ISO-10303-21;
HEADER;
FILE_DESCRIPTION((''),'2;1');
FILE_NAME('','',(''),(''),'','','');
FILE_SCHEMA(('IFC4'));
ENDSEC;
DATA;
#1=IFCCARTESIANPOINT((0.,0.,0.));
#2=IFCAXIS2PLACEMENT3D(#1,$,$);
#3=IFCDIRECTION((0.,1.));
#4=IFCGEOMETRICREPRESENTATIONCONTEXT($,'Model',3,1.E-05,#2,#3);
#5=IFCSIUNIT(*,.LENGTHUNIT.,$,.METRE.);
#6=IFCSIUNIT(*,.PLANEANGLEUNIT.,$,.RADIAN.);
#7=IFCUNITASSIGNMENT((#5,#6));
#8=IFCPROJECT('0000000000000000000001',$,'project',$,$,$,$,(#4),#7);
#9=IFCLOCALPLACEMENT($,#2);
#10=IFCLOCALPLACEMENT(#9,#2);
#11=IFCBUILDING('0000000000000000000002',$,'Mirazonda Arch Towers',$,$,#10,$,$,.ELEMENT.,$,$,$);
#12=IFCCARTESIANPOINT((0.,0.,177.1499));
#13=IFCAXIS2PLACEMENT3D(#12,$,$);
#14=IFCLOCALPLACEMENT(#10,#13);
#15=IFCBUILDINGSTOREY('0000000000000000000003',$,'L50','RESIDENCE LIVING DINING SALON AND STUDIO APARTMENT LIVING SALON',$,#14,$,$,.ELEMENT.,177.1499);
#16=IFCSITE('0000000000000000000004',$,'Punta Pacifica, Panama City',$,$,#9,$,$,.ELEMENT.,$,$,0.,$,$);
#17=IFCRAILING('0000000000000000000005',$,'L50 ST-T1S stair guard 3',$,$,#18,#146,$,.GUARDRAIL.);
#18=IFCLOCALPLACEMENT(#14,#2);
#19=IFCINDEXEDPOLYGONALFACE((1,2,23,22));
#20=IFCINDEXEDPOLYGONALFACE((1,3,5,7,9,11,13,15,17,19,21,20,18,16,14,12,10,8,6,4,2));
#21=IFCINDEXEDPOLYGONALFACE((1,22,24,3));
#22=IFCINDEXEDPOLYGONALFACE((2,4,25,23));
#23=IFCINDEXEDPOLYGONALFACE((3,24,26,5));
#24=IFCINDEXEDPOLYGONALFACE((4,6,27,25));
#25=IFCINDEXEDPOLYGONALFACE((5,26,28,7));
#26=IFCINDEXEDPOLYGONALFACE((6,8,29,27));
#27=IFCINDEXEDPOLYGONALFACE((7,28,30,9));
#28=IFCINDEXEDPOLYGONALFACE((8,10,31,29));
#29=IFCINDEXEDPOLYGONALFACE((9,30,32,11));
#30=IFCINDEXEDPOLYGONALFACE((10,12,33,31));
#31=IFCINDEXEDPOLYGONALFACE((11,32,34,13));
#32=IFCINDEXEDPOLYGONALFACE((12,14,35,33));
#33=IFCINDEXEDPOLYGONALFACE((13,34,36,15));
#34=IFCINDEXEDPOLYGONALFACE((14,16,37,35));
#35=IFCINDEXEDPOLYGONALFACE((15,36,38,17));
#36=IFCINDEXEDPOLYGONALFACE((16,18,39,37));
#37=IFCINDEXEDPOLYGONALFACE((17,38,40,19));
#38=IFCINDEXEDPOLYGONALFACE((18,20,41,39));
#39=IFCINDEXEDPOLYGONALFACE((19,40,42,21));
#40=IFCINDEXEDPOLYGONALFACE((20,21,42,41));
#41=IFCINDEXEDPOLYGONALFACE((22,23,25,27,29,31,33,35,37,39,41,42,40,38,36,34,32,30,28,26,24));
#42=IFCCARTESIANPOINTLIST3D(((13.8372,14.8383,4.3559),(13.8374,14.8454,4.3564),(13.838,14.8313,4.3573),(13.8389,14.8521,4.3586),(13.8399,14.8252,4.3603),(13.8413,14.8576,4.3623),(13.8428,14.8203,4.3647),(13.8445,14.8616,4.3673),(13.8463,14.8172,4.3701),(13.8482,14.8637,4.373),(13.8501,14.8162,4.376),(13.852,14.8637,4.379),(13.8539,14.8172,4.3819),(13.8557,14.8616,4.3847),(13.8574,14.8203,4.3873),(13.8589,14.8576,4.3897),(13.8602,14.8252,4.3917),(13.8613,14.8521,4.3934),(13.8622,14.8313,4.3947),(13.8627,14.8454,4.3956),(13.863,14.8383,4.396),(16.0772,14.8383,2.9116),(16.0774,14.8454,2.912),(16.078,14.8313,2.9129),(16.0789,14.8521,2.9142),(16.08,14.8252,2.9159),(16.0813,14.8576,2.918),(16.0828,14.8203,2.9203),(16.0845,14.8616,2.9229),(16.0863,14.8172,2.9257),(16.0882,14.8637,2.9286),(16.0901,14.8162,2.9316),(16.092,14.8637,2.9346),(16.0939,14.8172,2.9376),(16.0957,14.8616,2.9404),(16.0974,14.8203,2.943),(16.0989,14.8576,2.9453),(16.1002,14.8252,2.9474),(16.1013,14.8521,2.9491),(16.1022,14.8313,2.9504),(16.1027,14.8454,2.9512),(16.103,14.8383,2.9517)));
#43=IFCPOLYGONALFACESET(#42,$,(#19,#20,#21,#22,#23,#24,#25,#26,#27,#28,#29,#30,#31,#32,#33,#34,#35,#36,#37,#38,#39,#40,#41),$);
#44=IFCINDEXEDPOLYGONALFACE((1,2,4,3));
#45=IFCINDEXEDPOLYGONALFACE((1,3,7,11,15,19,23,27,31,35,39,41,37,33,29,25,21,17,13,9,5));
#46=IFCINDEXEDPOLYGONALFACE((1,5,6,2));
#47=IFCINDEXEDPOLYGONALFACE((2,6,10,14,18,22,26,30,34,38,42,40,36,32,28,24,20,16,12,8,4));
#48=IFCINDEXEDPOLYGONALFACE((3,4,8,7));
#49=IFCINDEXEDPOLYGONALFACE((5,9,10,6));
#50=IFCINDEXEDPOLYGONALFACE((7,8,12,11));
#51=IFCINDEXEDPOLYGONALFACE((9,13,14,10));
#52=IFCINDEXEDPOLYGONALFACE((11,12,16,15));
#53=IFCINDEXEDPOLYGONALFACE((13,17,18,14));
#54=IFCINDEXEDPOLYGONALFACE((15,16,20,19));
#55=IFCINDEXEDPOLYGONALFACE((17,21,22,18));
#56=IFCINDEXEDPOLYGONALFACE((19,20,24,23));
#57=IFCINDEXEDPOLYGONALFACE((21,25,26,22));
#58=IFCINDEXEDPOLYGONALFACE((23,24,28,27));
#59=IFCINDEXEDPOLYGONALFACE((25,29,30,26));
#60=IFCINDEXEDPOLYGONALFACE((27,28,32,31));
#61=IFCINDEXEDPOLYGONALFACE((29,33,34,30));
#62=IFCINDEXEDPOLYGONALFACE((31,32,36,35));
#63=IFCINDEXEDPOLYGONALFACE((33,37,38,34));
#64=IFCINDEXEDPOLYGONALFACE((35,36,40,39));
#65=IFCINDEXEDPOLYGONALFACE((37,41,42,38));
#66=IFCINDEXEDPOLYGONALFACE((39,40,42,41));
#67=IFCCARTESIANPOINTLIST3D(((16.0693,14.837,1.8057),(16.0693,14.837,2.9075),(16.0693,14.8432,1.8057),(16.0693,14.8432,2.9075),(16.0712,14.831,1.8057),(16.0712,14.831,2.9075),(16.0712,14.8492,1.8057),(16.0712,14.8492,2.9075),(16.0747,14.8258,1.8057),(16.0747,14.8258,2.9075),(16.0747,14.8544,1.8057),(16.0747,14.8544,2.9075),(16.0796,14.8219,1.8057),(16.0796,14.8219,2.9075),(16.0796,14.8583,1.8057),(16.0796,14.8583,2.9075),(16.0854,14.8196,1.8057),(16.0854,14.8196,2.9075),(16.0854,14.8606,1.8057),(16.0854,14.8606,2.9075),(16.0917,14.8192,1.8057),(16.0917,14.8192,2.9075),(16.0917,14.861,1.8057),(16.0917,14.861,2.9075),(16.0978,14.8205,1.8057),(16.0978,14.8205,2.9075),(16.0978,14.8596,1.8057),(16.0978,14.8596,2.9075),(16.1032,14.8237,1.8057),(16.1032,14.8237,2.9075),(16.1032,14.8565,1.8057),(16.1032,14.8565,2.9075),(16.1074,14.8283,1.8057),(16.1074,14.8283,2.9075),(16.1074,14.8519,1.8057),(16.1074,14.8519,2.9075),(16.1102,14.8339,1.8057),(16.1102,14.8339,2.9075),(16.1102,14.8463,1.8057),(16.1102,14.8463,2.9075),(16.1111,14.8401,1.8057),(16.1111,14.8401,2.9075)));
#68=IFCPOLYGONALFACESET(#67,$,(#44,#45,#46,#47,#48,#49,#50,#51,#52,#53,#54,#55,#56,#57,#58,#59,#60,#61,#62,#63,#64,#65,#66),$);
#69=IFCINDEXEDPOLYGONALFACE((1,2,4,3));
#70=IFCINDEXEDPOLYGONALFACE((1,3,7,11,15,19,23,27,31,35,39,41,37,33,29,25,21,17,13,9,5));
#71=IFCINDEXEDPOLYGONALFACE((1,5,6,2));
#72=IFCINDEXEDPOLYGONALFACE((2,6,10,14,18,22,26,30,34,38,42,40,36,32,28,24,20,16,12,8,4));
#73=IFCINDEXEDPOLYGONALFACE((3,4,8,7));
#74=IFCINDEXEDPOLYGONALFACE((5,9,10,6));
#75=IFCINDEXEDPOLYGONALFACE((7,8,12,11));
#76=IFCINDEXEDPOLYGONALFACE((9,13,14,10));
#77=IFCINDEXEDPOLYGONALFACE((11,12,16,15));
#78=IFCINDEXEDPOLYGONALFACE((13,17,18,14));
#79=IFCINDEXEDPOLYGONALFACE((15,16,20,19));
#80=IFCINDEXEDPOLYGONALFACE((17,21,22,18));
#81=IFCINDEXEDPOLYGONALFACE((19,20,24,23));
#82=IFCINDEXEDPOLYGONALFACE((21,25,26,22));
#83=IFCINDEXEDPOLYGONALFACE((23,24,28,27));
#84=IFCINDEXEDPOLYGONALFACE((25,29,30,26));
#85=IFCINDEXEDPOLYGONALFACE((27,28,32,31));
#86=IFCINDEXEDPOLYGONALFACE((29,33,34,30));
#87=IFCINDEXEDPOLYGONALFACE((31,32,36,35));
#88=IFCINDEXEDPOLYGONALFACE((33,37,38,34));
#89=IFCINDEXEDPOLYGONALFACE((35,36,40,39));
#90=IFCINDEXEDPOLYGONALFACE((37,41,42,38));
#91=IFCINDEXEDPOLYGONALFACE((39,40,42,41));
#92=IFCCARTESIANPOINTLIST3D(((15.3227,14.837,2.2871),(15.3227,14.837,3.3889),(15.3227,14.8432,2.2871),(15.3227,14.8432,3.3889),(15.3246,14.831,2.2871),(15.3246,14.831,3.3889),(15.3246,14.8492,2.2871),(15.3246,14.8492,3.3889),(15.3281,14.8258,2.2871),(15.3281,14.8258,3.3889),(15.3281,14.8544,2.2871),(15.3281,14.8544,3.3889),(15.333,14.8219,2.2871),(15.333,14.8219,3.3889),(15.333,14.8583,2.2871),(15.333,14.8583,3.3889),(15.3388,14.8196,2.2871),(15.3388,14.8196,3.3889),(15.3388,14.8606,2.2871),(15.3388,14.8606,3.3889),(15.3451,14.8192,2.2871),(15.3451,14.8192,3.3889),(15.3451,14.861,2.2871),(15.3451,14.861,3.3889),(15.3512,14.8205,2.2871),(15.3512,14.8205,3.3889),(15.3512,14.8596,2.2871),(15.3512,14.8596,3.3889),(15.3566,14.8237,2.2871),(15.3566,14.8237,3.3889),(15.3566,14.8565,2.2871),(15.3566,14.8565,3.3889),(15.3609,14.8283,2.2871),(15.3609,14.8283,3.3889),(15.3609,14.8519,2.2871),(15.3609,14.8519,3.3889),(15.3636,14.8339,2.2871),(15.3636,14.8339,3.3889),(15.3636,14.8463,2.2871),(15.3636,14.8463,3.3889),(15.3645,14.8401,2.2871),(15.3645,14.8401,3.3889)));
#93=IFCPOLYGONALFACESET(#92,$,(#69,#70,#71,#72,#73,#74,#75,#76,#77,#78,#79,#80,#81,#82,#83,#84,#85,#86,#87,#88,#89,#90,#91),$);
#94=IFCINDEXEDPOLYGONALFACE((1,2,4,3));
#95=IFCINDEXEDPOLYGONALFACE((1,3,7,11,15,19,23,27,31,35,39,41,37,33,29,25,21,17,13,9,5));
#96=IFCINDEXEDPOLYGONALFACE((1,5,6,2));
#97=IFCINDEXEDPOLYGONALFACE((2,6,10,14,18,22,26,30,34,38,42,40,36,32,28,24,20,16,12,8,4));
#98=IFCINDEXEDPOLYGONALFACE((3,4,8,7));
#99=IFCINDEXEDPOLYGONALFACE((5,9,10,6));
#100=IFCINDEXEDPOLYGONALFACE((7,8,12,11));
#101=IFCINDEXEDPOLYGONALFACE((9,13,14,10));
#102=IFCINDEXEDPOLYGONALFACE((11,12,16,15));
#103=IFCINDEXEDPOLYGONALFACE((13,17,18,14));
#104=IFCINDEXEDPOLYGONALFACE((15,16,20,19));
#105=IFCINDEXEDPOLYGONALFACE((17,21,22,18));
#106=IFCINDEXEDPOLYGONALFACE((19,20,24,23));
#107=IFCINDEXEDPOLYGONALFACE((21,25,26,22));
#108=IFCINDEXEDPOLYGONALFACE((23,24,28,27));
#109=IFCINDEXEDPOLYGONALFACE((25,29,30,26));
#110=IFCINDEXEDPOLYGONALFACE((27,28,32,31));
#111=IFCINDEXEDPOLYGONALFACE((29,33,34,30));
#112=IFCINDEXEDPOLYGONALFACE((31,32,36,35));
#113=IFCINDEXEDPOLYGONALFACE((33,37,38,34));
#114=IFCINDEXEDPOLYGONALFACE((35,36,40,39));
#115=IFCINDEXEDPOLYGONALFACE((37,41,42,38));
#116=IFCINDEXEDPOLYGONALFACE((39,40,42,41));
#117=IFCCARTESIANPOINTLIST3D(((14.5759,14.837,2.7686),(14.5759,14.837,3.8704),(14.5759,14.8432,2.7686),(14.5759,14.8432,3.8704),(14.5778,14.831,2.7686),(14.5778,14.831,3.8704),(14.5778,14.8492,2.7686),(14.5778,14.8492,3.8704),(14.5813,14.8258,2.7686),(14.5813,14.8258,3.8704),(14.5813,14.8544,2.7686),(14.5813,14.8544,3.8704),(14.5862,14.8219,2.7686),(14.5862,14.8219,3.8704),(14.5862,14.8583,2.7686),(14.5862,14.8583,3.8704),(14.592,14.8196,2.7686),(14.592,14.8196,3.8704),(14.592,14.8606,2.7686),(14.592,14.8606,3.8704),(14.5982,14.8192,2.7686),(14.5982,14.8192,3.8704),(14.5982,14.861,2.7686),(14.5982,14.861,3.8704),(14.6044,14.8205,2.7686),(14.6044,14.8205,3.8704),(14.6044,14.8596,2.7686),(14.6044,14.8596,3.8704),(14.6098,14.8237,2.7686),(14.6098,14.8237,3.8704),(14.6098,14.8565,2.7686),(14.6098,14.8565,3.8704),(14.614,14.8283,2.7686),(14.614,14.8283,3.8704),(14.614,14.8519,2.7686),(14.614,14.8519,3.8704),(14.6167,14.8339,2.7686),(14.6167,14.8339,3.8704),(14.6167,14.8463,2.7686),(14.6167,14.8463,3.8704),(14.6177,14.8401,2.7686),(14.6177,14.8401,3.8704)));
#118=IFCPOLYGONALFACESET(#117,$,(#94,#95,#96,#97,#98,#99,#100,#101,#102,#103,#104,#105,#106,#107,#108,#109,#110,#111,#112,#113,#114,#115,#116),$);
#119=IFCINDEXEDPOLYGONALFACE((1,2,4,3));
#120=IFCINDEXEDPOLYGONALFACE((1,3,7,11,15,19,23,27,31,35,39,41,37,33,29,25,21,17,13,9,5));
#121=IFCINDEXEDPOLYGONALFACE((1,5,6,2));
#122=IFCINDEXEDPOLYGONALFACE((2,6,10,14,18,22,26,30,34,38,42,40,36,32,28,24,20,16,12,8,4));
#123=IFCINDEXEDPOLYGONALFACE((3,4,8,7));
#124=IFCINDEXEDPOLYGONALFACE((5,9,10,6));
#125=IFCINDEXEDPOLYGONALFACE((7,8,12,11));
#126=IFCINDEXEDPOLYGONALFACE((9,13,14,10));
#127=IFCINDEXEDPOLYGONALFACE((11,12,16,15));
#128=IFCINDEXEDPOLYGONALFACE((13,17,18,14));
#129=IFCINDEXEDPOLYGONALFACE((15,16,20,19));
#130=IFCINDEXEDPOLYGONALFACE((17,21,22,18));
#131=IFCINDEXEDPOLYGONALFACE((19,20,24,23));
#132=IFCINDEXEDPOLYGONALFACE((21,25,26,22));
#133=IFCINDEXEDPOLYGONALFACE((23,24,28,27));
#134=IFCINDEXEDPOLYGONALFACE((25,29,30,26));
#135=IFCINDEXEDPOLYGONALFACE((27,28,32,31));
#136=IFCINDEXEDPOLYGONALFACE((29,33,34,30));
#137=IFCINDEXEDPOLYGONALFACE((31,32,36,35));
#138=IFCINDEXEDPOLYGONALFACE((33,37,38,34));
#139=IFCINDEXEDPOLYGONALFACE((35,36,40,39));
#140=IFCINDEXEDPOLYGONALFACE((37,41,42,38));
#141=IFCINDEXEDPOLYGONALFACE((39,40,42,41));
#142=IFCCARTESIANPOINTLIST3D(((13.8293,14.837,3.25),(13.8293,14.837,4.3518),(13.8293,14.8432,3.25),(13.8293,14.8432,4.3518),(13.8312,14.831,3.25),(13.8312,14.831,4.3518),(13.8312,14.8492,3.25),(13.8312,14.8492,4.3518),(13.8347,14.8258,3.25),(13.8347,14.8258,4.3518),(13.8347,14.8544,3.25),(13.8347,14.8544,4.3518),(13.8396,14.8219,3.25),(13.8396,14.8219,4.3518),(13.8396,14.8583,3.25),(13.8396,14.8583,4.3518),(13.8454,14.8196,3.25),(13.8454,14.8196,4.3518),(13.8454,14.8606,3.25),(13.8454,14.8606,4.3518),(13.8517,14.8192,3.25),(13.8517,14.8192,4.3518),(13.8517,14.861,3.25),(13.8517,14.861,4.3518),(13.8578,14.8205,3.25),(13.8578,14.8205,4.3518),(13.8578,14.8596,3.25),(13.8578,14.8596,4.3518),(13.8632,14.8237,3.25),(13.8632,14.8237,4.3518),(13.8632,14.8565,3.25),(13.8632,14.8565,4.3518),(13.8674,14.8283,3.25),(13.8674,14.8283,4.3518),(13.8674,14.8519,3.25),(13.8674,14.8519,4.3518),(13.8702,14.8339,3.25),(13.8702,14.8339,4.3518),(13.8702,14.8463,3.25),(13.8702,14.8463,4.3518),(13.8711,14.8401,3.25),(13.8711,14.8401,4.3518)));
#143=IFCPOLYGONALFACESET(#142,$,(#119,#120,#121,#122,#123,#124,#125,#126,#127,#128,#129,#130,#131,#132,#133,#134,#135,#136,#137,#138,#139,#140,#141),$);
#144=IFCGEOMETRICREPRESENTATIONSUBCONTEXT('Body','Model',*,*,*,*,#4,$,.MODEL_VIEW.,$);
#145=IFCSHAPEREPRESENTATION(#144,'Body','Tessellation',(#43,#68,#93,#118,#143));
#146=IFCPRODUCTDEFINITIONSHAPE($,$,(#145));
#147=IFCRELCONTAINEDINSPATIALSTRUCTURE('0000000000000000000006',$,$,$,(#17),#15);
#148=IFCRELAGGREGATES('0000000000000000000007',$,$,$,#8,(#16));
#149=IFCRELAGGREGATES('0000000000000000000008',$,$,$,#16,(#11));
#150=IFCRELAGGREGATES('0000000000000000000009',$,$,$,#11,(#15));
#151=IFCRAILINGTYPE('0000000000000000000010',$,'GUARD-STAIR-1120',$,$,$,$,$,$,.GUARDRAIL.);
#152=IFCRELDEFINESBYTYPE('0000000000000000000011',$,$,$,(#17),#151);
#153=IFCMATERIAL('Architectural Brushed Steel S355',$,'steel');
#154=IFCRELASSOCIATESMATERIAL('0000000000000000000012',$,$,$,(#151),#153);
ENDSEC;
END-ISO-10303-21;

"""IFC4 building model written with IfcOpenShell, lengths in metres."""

from ifc_helpers import new_model, si_unit, direction, frame, origin, origin_2d, place, context, subcontext, project, spatial, circle, extrude, material, type_object, element, save


model = new_model("IFC4")

# Units and contexts
model_context = context("Model", 3, precision=1e-05, world=origin(), true_north=direction((0.0, 1.0)))
body_context = subcontext(model_context, "Body", "Model", "MODEL_VIEW")
ifc_project = project(units=[si_unit("LENGTHUNIT", "METRE"), si_unit("PLANEANGLEUNIT", "RADIAN")], contexts=[model_context])

# Site, building, storey
site_placement = place(None, origin())
site = spatial("IfcSite", under=ifc_project, at=site_placement, Name="Punta Pacifica, Panama City", CompositionType="ELEMENT", RefElevation=0.0)
building_placement = place(site_placement, origin())
building = spatial("IfcBuilding", under=site, at=building_placement, Name="Mirazonda Arch Towers", CompositionType="ELEMENT")
storey_placement = place(building_placement, frame((0.0, 0.0, 177.1499)))
storey = spatial("IfcBuildingStorey", under=building, at=storey_placement, Name="L50", Description="RESIDENCE LIVING DINING SALON AND STUDIO APARTMENT LIVING SALON", CompositionType="ELEMENT", Elevation=177.1499)

# Shared definitions
ifc_material_1 = material(Name="Architectural Brushed Steel S355", Category="steel")

# Railing
railing_type_1 = type_object("IfcRailingType", Name="GUARD-STAIR-1120", PredefinedType="GUARDRAIL", material=ifc_material_1)
railing_1_placement = place(storey_placement, frame((16.0901, 14.8401, 1.8057)))
element("IfcRailing", 1, at=railing_1_placement, inside=storey, type_object=railing_type_1, Name="L50 ST-T1S stair guard 3", PredefinedType="GUARDRAIL", context=body_context, shape_type="SweptSolid", body=[
    extrude(circle(Radius=0.0239, at=origin_2d()), frame((0.0, 0.0, 1.126), z_axis=(-0.840437, 0.0, 0.54191), x_axis=(0.0, -1.0, 0.0)), (0.0, 0.0, 1.0), 2.6653),
    extrude(circle(Radius=0.021, at=origin_2d()), origin(), (0.0, 0.0, 1.0), 1.1018),
    extrude(circle(Radius=0.021, at=origin_2d()), frame((-0.7466, 0.0, 0.4814)), (0.0, 0.0, 1.0), 1.1018),
    extrude(circle(Radius=0.021, at=origin_2d()), frame((-1.4934, 0.0, 0.9629)), (0.0, 0.0, 1.0), 1.1018),
    extrude(circle(Radius=0.021, at=origin_2d()), frame((-2.24, 0.0, 1.4443)), (0.0, 0.0, 1.0), 1.1018),
])

save(model, "model.ifc")
